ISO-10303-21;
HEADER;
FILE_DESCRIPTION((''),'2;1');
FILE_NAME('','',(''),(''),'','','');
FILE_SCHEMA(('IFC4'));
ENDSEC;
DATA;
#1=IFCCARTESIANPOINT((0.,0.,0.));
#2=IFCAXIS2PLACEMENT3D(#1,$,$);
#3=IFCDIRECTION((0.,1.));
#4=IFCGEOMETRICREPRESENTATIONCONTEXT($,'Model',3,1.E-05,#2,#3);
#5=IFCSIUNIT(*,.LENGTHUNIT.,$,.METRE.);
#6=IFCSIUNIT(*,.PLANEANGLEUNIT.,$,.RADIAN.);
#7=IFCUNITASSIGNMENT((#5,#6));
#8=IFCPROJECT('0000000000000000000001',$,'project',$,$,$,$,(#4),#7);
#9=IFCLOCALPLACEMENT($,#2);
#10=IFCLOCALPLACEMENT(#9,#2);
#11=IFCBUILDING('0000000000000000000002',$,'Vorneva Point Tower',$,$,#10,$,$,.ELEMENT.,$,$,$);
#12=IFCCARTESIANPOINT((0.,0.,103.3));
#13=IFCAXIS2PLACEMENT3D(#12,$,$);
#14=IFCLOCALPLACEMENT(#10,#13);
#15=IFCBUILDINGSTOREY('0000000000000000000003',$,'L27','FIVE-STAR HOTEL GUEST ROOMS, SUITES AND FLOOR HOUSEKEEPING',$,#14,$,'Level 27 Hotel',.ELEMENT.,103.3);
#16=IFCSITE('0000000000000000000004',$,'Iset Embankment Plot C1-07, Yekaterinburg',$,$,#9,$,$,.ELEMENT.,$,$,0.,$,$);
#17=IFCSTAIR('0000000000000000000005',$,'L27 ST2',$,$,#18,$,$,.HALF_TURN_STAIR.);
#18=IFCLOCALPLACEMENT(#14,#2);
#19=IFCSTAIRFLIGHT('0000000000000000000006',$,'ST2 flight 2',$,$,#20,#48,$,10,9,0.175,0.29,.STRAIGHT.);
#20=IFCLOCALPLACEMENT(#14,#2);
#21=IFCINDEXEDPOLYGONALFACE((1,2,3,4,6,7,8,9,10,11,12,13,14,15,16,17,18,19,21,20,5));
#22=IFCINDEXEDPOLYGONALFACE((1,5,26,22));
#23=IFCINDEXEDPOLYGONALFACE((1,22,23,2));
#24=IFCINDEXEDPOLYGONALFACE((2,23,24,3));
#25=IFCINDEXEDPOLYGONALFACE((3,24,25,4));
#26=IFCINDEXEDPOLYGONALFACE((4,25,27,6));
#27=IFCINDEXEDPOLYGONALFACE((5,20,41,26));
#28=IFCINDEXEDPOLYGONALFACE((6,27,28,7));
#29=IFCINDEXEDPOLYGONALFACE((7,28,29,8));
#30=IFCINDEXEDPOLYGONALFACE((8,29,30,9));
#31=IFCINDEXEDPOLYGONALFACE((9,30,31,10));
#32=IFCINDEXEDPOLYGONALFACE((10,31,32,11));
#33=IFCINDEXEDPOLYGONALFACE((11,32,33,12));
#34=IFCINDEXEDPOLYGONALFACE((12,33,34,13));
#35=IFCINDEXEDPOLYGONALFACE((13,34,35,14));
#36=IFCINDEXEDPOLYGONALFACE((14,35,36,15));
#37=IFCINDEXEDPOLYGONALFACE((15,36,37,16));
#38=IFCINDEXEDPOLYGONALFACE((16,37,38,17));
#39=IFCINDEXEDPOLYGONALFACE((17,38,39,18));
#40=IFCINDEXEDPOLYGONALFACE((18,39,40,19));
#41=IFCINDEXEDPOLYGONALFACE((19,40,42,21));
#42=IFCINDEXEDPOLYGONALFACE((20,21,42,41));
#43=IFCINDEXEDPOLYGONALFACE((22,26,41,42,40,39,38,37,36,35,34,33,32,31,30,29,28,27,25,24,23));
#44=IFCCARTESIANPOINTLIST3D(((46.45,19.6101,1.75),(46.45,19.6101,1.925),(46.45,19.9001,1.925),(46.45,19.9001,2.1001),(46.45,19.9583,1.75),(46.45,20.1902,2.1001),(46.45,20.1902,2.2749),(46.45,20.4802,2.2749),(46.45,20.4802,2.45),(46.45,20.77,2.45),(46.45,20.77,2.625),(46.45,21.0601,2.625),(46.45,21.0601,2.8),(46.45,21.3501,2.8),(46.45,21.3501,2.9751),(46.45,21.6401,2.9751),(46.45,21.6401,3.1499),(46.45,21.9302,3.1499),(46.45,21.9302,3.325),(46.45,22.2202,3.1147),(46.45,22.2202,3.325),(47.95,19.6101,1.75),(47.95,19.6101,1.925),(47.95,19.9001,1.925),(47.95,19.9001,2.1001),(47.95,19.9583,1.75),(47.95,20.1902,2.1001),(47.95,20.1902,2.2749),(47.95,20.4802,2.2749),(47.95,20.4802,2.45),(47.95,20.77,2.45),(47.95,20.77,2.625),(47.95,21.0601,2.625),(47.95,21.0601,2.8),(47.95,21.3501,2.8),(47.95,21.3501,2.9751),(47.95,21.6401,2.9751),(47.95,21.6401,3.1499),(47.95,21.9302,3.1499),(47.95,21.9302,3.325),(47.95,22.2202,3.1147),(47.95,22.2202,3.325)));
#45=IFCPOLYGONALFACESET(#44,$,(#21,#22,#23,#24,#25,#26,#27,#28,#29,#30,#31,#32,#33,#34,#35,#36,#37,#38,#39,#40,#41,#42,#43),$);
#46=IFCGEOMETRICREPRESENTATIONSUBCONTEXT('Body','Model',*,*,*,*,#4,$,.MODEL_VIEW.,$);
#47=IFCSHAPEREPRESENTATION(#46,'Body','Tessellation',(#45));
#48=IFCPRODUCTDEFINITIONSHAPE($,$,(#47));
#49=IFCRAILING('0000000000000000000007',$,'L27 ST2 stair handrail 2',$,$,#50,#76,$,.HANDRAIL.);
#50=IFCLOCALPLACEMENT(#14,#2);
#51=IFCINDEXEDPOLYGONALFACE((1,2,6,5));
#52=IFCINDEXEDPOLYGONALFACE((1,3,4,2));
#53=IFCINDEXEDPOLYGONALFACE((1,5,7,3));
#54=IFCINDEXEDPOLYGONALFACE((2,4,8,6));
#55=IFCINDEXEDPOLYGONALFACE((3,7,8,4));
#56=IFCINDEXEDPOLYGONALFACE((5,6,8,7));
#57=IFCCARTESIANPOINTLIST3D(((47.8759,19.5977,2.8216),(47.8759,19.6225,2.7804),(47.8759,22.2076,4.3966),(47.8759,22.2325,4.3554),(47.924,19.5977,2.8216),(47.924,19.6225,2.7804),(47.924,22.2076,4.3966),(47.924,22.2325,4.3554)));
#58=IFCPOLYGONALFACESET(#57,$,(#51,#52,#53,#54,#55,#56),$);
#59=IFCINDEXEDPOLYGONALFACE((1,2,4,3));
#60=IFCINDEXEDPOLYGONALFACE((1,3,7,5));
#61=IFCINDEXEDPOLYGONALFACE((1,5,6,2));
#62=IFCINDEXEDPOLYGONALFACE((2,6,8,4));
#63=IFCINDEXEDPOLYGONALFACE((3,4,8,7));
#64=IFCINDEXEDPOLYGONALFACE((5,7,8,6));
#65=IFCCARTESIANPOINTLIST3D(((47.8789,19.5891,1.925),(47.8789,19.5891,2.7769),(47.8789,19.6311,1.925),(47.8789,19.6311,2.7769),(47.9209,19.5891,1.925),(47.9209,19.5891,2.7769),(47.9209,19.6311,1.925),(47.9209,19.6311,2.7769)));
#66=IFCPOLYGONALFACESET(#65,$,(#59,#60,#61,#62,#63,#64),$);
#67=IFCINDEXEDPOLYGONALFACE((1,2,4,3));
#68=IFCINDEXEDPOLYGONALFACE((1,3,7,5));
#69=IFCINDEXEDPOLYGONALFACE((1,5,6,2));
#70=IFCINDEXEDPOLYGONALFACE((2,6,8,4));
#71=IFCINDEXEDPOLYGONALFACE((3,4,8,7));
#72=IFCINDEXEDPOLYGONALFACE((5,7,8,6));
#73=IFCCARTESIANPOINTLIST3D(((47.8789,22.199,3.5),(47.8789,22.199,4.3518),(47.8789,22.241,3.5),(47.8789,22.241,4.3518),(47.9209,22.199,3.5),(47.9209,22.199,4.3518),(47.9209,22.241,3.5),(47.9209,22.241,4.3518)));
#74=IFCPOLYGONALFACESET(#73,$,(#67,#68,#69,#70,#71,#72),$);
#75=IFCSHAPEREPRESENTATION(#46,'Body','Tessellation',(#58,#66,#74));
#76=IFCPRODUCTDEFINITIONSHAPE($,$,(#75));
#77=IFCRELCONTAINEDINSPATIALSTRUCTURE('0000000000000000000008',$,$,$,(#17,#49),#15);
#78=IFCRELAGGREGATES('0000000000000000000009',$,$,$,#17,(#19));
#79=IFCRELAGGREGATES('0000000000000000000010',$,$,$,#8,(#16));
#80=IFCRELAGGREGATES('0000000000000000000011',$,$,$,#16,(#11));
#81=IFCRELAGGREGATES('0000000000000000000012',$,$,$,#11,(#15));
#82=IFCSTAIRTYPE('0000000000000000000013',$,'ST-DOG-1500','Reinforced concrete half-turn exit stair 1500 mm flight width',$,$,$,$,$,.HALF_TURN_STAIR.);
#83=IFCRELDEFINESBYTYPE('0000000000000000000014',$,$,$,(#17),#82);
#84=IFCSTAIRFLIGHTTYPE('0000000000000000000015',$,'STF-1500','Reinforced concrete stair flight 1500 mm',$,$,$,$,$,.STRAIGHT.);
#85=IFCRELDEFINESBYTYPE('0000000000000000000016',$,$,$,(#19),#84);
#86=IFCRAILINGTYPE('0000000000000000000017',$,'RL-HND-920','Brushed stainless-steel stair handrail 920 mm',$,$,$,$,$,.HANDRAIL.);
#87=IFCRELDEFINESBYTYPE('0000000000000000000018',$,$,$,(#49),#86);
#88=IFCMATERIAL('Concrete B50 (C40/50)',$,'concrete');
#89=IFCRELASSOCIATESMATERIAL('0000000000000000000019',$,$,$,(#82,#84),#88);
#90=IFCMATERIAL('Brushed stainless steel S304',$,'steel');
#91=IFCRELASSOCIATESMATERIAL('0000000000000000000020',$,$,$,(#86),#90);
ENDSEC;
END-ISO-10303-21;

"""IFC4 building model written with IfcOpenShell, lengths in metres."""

from ifc_helpers import new_model, si_unit, direction, frame, origin, origin_2d, place, context, subcontext, project, spatial, polyline, rectangle, outline, extrude, material, type_object, element, aggregate, save


model = new_model("IFC4")

# Units and contexts
model_context = context("Model", 3, precision=1e-05, world=origin(), true_north=direction((0.0, 1.0)))
body_context = subcontext(model_context, "Body", "Model", "MODEL_VIEW")
ifc_project = project(units=[si_unit("LENGTHUNIT", "METRE"), si_unit("PLANEANGLEUNIT", "RADIAN")], contexts=[model_context])

# Site, building, storey
site_placement = place(None, origin())
site = spatial("IfcSite", under=ifc_project, at=site_placement, Name="Iset Embankment Plot C1-07, Yekaterinburg", CompositionType="ELEMENT", RefElevation=0.0)
building_placement = place(site_placement, origin())
building = spatial("IfcBuilding", under=site, at=building_placement, Name="Vorneva Point Tower", CompositionType="ELEMENT")
storey_placement = place(building_placement, frame((0.0, 0.0, 103.3)))
storey = spatial("IfcBuildingStorey", under=building, at=storey_placement, Name="L27", Description="FIVE-STAR HOTEL GUEST ROOMS, SUITES AND FLOOR HOUSEKEEPING", LongName="Level 27 Hotel", CompositionType="ELEMENT", Elevation=103.3)

# Shared definitions
ifc_material_1 = material(Name="Concrete B50 (C40/50)", Category="concrete")

# Stair, stair flight
stair_type = type_object("IfcStairType", Name="ST-DOG-1500", Description="Reinforced concrete half-turn exit stair 1500 mm flight width", PredefinedType="HALF_TURN_STAIR", material=ifc_material_1)
stair_placement = place(storey_placement, origin())
stair = element("IfcStair", 1, at=stair_placement, inside=storey, type_object=stair_type, Name="L27 ST2", PredefinedType="HALF_TURN_STAIR")
stair_flight_type = type_object("IfcStairFlightType", Name="STF-1500", Description="Reinforced concrete stair flight 1500 mm", PredefinedType="STRAIGHT", material=ifc_material_1)
stair_flight_placement = place(storey_placement, frame((47.2, 19.6101, 1.75), z_axis=(0.0, 0.0, 1.0), x_axis=(0.0, 1.0, 0.0)))
stair_flight = element("IfcStairFlight", 2, at=stair_flight_placement, type_object=stair_flight_type, Name="ST2 flight 2", NumberOfRisers=10, NumberOfTreads=9, PredefinedType="STRAIGHT", RiserHeight=0.175, TreadLength=0.29, context=body_context, shape_type="SweptSolid", body=[
    extrude(outline(polyline([(0.0, 0.0), (0.0, 0.175), (0.29, 0.175), (0.29, 0.3501), (0.5801, 0.3501), (0.5801, 0.5249), (0.8701, 0.5249), (0.8701, 0.7), (1.1599, 0.7), (1.1599, 0.875), (1.45, 0.875), (1.45, 1.05), (1.74, 1.05), (1.74, 1.2251), (2.03, 1.2251), (2.03, 1.3999), (2.3201, 1.3999), (2.3201, 1.575), (2.6101, 1.575), (2.6101, 1.75), (2.6101, 1.3647), (0.3481, 0.0), (0.0, 0.0)])), frame((0.0, 0.75, 0.0), z_axis=(0.0, -1.0, 0.0), x_axis=(1.0, 0.0, 0.0)), (0.0, 0.0, 1.0), 1.5),
])
aggregate(stair, [stair_flight])

# Railing
ifc_material_2 = material(Name="Brushed stainless steel S304", Category="steel")
railing_type_1 = type_object("IfcRailingType", Name="RL-HND-920", Description="Brushed stainless-steel stair handrail 920 mm", PredefinedType="HANDRAIL", material=ifc_material_2)
railing_1_placement = place(storey_placement, frame((47.8999, 19.6101, 1.925)))
element("IfcRailing", 3, at=railing_1_placement, inside=storey, type_object=railing_type_1, Name="L27 ST2 stair handrail 2", PredefinedType="HANDRAIL", context=body_context, shape_type="SweptSolid", body=[
    extrude(rectangle(XDim=0.0481, YDim=0.0481, at=origin_2d()), frame((0.0, 0.0, 0.876), z_axis=(0.0, 0.856183, 0.516673), x_axis=(-1.0, 0.0, 0.0)), (0.0, 0.0, 1.0), 3.0483),
    extrude(rectangle(XDim=0.042, YDim=0.042, at=origin_2d()), origin(), (0.0, 0.0, 1.0), 0.8518),
    extrude(rectangle(XDim=0.042, YDim=0.042, at=origin_2d()), frame((0.0, 2.6099, 1.575)), (0.0, 0.0, 1.0), 0.8518),
])

save(model, "model.ifc")
